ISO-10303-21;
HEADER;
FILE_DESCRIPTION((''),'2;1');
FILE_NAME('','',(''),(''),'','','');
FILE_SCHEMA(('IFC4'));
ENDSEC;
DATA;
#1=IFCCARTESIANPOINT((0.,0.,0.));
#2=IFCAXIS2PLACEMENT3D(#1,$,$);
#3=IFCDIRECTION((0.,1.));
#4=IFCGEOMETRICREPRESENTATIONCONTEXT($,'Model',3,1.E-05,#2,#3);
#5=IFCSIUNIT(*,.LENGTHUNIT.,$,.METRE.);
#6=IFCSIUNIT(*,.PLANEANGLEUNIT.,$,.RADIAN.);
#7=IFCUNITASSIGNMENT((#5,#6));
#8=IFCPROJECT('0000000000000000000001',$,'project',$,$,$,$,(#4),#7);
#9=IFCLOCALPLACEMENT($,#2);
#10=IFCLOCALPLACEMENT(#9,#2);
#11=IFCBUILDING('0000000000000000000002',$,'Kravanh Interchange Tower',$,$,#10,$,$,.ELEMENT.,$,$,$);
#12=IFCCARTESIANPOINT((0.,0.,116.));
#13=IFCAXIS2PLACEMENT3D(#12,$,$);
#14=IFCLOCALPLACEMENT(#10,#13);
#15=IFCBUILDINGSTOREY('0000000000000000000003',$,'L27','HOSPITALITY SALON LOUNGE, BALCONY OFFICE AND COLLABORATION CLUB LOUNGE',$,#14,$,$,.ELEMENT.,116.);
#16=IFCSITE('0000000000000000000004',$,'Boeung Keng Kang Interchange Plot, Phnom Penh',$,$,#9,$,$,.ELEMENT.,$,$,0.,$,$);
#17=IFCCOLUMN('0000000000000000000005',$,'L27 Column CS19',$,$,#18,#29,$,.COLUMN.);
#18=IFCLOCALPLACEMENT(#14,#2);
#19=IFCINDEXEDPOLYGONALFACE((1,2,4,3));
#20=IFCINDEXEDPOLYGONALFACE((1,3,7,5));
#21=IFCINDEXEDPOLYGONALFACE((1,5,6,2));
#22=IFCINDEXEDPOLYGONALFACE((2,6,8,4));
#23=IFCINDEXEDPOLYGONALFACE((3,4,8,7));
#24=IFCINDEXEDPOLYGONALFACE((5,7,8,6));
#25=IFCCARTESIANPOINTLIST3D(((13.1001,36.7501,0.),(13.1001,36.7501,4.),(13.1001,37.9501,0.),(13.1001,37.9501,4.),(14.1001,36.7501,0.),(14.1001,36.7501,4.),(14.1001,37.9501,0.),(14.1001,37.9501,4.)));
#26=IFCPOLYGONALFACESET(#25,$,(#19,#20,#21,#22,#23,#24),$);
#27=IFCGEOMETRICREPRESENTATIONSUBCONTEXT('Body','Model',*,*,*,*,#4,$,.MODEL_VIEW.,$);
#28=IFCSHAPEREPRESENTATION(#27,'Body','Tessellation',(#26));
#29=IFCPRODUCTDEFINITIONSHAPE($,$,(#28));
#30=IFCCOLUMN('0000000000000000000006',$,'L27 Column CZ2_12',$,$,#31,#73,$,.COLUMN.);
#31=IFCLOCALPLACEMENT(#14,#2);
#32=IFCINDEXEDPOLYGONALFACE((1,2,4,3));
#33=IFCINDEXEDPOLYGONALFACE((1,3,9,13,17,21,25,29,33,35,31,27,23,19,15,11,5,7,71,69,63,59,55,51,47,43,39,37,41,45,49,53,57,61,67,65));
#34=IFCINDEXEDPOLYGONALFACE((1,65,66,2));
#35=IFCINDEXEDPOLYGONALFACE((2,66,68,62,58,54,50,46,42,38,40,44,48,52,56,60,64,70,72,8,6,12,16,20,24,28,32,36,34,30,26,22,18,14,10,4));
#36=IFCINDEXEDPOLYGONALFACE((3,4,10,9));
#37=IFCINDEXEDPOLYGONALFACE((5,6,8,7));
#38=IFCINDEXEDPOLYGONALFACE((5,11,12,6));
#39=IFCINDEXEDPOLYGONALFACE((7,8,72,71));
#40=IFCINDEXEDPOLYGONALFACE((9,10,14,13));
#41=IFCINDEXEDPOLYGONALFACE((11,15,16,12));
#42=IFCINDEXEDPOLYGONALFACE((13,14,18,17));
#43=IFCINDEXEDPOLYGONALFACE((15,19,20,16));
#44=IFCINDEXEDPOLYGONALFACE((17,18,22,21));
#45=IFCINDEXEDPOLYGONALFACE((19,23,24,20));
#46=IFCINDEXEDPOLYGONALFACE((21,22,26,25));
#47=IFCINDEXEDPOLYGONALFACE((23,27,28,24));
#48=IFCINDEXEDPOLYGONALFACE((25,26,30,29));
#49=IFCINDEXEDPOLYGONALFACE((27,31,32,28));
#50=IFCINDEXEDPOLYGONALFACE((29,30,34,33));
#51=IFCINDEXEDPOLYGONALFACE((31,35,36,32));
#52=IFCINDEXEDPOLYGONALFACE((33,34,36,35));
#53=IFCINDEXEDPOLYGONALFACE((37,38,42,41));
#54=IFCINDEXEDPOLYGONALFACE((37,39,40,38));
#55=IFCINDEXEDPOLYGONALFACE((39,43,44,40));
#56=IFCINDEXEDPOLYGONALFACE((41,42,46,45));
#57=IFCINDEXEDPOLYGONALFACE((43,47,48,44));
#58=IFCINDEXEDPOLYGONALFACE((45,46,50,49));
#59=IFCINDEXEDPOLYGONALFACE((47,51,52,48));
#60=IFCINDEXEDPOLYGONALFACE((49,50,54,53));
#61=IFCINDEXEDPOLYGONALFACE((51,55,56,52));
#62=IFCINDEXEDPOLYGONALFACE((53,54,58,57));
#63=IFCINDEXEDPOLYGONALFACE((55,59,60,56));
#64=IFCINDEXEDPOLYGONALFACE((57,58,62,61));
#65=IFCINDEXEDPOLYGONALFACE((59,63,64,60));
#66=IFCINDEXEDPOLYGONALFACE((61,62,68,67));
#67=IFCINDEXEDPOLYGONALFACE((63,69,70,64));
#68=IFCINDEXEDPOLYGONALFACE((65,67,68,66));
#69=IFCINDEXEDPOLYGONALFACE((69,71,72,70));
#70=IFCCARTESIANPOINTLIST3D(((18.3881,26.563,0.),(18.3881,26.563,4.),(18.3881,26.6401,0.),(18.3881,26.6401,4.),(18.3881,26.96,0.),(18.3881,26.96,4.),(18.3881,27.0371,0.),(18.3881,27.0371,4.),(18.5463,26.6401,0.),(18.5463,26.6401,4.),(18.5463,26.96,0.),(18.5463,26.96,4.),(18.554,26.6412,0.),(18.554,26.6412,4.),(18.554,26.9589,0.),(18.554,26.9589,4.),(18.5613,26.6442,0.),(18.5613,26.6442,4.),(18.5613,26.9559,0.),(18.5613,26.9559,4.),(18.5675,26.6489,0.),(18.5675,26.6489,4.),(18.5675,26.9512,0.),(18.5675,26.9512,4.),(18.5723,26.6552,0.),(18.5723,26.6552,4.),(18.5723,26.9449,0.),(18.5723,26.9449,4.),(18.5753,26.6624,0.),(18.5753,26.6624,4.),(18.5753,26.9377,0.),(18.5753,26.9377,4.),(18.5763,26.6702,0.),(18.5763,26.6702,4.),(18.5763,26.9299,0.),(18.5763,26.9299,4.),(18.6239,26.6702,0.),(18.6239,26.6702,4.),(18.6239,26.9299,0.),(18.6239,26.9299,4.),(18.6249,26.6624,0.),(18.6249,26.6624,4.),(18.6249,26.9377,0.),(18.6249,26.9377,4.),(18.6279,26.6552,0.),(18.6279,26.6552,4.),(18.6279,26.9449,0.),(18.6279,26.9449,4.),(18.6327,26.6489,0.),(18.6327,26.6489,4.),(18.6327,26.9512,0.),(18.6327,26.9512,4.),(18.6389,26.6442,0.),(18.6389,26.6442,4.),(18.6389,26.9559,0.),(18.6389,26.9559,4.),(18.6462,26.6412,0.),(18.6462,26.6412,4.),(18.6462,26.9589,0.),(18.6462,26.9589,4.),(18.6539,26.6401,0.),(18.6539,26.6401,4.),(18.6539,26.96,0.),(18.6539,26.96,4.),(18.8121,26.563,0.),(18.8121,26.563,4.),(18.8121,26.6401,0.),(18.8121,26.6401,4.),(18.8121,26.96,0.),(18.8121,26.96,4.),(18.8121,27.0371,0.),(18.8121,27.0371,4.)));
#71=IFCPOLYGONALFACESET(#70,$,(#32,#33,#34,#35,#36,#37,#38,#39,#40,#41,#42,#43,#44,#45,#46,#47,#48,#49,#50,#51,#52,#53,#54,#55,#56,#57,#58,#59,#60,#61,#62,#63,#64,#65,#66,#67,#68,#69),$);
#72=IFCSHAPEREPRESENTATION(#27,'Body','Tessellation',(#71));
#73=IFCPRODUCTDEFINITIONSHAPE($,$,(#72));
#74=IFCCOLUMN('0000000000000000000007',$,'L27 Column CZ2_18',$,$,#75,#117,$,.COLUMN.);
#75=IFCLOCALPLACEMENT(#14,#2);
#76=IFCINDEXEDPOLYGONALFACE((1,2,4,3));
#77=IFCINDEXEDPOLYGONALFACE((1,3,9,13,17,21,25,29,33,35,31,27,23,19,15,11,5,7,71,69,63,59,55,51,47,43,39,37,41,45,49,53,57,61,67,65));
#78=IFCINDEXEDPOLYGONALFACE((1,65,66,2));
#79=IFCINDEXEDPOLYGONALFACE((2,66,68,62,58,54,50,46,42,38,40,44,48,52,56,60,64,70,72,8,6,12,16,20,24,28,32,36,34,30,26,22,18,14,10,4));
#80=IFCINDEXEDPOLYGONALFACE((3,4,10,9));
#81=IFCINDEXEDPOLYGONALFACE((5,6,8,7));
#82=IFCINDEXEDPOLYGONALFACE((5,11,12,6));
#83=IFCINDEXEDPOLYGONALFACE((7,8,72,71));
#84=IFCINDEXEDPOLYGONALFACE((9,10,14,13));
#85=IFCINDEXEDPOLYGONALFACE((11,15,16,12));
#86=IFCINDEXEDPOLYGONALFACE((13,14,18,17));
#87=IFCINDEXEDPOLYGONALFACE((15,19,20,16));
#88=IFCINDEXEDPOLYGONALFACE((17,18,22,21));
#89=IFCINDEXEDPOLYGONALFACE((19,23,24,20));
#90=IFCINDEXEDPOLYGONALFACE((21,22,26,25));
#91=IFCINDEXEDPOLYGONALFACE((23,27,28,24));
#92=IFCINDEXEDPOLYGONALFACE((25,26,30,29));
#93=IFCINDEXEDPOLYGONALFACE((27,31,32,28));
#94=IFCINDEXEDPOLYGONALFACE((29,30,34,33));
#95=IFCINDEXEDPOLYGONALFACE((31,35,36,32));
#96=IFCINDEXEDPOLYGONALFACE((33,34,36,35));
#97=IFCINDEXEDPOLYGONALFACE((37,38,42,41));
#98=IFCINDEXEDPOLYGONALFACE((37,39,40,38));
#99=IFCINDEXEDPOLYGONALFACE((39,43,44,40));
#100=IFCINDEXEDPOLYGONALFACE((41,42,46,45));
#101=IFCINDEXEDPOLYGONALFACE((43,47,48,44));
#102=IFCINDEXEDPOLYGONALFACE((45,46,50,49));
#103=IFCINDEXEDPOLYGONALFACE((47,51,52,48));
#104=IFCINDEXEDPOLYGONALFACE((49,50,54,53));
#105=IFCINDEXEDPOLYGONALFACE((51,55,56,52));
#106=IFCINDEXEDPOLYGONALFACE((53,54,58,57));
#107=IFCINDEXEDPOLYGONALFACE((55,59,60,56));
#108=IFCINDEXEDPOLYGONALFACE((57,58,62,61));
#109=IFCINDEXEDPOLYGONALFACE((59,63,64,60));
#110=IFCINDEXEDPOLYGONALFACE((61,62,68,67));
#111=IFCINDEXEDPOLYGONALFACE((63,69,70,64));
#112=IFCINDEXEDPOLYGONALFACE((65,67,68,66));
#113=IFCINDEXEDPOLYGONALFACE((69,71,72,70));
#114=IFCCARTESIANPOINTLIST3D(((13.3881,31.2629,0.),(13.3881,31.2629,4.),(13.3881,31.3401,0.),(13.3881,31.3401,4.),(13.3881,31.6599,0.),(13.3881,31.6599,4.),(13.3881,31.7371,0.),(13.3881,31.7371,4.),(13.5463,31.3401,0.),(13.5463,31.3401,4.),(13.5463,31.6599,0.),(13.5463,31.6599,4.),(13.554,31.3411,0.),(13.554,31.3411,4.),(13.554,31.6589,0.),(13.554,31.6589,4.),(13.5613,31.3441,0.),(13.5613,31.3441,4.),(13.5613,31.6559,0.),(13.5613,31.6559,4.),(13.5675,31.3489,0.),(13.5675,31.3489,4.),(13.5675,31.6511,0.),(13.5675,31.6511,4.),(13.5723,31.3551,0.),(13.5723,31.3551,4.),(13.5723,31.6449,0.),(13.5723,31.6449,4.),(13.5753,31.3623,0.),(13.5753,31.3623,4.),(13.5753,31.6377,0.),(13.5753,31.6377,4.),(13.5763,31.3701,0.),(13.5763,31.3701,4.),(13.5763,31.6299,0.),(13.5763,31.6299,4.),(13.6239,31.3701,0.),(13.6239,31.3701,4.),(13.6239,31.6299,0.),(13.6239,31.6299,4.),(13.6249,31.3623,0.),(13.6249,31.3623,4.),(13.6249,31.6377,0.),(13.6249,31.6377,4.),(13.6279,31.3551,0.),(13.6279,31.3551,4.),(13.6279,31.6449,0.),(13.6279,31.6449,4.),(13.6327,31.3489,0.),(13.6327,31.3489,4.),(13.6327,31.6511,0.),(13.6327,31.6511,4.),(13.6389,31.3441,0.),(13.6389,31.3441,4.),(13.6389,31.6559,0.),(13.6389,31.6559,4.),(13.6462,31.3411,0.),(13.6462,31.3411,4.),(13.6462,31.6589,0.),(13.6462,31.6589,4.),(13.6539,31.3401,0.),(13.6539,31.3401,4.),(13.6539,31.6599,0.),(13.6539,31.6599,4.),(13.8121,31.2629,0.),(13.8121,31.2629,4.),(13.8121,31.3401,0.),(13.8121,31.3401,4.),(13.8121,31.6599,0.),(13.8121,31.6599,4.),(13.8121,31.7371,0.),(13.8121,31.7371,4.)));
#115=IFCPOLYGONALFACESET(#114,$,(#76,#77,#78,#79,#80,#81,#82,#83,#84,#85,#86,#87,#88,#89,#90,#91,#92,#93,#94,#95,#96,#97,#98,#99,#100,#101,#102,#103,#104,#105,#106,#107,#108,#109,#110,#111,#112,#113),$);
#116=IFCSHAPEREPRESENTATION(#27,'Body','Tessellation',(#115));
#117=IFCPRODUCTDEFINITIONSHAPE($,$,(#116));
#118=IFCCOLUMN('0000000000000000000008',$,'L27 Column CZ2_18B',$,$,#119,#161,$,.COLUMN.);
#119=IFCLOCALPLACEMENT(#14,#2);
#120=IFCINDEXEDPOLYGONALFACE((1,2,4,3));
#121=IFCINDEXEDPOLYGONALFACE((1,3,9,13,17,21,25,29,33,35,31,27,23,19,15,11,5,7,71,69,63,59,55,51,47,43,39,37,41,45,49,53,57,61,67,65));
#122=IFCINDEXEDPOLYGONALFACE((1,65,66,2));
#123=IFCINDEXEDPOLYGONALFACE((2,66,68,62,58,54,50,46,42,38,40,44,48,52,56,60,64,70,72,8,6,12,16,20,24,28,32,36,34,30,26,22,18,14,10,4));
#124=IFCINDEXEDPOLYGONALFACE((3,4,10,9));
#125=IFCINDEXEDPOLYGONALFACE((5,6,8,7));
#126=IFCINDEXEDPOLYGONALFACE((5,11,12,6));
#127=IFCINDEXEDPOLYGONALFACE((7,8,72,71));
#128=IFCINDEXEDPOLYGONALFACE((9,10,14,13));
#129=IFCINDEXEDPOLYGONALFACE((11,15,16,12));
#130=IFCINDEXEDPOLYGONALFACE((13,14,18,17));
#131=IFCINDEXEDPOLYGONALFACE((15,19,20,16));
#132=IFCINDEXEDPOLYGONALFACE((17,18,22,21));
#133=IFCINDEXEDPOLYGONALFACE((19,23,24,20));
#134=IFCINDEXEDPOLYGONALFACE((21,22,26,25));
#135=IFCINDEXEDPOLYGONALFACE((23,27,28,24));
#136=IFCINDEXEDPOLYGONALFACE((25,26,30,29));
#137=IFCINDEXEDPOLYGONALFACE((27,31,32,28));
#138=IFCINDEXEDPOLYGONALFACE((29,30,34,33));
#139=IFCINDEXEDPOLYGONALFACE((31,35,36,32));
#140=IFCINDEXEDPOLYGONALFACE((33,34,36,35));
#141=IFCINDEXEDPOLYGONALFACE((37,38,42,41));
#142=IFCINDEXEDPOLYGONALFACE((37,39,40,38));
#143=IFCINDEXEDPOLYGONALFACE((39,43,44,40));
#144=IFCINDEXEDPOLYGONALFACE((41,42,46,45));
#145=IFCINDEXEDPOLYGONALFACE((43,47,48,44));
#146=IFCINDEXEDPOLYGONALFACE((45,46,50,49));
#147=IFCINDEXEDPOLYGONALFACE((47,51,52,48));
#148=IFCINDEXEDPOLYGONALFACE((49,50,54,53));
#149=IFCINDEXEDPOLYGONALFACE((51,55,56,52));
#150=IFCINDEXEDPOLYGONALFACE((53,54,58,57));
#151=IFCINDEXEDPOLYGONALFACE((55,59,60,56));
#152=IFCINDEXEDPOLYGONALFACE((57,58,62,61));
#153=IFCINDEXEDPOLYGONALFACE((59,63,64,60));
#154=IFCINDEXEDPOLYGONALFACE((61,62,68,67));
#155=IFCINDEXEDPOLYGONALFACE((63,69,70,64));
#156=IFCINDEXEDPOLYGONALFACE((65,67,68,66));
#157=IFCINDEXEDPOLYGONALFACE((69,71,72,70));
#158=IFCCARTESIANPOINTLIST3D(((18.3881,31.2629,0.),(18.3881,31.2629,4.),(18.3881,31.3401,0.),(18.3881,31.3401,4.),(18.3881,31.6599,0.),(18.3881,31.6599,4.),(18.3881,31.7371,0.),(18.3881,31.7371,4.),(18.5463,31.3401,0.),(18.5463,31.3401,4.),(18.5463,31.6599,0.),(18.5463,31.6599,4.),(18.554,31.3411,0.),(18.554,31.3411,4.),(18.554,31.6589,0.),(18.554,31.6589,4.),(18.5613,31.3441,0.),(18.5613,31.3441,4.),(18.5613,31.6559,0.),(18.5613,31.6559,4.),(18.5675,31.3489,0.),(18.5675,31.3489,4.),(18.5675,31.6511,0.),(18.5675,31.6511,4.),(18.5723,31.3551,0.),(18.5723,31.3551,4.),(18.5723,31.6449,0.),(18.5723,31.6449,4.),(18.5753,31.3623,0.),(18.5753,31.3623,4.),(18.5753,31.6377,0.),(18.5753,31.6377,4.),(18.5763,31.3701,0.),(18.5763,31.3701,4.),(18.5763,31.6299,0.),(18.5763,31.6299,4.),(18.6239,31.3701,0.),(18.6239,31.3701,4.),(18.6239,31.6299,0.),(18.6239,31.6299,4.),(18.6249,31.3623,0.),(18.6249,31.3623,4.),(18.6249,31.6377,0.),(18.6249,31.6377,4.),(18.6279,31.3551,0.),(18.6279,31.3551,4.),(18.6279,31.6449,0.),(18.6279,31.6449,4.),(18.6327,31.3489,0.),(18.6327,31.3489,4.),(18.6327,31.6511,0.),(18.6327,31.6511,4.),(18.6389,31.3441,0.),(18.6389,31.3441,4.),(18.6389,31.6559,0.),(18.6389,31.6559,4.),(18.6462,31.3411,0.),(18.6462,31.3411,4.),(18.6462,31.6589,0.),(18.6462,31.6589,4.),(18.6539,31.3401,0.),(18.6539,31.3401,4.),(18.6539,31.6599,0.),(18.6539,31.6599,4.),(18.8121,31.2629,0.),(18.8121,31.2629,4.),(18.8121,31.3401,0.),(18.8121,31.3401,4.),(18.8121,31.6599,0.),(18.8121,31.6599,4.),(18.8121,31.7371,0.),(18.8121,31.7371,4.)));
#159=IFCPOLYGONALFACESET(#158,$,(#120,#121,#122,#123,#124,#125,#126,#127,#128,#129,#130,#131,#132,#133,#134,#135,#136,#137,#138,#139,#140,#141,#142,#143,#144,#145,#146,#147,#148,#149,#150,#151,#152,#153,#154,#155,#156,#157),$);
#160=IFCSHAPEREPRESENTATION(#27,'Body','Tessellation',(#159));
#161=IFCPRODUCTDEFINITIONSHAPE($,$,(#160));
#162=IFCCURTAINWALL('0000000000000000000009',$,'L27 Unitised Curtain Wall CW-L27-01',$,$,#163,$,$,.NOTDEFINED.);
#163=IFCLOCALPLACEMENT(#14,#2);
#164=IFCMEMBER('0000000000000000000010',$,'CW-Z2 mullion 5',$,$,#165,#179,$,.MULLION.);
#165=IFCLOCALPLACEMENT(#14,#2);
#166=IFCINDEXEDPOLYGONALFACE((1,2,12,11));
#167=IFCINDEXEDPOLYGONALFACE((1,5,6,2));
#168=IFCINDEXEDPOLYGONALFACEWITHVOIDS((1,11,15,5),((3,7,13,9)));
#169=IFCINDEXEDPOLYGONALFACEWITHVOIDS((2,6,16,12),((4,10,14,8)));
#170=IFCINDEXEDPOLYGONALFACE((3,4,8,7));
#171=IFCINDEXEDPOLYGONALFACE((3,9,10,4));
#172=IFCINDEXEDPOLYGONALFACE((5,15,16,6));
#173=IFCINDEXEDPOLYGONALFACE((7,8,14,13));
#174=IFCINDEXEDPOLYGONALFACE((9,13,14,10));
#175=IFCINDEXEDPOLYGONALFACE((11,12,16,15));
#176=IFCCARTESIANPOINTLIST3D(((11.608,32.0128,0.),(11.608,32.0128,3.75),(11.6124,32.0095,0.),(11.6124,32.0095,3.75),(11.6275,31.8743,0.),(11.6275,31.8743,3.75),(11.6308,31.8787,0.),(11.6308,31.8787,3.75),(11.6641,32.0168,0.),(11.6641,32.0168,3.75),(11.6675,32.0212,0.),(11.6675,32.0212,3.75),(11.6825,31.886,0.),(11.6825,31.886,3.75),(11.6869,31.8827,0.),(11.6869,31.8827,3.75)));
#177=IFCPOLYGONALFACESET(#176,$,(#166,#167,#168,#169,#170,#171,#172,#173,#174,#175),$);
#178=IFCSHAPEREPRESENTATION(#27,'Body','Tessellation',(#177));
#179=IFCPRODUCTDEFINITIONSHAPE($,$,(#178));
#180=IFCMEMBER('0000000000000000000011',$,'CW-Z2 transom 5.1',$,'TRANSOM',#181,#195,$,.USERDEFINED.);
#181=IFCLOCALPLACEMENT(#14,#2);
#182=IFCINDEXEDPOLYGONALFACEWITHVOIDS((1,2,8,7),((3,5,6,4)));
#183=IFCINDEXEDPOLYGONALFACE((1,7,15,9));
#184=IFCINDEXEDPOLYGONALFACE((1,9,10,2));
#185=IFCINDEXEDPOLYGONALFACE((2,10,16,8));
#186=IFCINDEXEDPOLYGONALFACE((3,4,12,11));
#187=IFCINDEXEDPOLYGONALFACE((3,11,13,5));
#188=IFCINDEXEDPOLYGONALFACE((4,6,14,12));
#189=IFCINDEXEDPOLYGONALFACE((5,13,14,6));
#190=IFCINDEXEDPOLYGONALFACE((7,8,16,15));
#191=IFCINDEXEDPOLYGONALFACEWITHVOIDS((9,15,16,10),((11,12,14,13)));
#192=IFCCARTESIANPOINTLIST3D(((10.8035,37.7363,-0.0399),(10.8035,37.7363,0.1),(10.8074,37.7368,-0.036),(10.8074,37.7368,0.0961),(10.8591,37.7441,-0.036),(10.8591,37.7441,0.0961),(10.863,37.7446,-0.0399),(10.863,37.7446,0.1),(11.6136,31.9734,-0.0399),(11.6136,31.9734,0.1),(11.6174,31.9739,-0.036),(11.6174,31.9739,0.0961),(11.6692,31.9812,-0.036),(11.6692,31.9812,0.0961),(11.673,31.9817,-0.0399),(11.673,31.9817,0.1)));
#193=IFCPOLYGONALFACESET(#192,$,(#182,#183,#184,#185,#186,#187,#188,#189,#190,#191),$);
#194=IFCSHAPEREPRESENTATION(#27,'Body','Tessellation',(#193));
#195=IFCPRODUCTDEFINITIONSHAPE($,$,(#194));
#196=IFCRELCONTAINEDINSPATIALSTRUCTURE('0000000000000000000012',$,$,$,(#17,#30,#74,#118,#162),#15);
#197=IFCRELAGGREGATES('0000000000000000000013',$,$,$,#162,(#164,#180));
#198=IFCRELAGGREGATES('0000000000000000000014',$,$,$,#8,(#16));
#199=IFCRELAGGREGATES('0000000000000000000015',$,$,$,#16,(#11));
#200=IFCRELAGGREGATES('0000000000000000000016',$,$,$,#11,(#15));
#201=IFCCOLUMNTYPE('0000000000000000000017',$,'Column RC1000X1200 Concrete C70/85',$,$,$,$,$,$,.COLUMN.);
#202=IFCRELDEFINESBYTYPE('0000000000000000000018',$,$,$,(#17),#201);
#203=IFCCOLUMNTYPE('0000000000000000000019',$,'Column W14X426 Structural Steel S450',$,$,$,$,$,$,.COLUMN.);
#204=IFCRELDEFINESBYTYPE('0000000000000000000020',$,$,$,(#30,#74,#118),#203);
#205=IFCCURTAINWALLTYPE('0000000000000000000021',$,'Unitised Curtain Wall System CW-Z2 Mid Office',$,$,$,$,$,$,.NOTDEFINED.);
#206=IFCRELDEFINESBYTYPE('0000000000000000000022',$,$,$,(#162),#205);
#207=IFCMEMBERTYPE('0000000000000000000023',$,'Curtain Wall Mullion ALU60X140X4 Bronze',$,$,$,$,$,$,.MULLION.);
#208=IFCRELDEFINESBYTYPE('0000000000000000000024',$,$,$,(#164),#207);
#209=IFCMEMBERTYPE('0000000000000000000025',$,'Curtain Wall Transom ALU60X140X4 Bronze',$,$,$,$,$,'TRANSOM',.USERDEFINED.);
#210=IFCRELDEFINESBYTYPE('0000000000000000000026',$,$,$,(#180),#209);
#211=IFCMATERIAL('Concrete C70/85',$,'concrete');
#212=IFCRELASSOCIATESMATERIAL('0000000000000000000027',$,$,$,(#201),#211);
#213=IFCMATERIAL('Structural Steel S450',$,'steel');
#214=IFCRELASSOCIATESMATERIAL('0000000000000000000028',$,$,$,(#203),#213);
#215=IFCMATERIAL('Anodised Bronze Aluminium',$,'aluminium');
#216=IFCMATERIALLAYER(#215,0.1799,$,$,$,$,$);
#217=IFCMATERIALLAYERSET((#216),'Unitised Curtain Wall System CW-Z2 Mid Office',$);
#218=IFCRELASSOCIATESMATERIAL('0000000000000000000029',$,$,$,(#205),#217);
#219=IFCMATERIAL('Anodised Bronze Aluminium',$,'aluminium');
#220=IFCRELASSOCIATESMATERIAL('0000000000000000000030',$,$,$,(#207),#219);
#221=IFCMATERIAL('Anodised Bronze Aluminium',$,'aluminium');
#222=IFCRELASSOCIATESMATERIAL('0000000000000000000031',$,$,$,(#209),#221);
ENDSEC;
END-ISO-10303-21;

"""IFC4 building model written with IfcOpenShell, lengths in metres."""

from ifc_helpers import new_model, si_unit, direction, frame, origin, origin_2d, place, context, subcontext, project, spatial, rectangle, hollow_rectangle, i_section, extrude, material, layer, layer_set, material_profile, profile_set, type_object, element, aggregate, save


model = new_model("IFC4")

# Units and contexts
model_context = context("Model", 3, precision=1e-05, world=origin(), true_north=direction((0.0, 1.0)))
body_context = subcontext(model_context, "Body", "Model", "MODEL_VIEW")
ifc_project = project(units=[si_unit("LENGTHUNIT", "METRE"), si_unit("PLANEANGLEUNIT", "RADIAN")], contexts=[model_context])

# Site, building, storey
site_placement = place(None, origin())
site = spatial("IfcSite", under=ifc_project, at=site_placement, Name="Boeung Keng Kang Interchange Plot, Phnom Penh", CompositionType="ELEMENT", RefElevation=0.0)
building_placement = place(site_placement, origin())
building = spatial("IfcBuilding", under=site, at=building_placement, Name="Kravanh Interchange Tower", CompositionType="ELEMENT")
storey_placement = place(building_placement, frame((0.0, 0.0, 116.0)))
storey = spatial("IfcBuildingStorey", under=building, at=storey_placement, Name="L27", Description="HOSPITALITY SALON LOUNGE, BALCONY OFFICE AND COLLABORATION CLUB LOUNGE", CompositionType="ELEMENT", Elevation=116.0)

# Columns
ifc_material_1 = material(Name="Concrete C70/85", Category="concrete")
ifc_material_profile_1 = material_profile(ifc_material_1, rectangle(XDim=1.0, YDim=1.2, at=origin_2d()), Name="RC1000X1200")
ifc_profile_set_1 = profile_set([ifc_material_profile_1], Name="Concrete C70/85")
column_type_1 = type_object("IfcColumnType", Name="Column RC1000X1200 Concrete C70/85", PredefinedType="COLUMN", material=ifc_profile_set_1)
column_placement = place(storey_placement, frame((13.6001, 37.3501, 0.0), z_axis=(0.0, 0.0, 1.0), x_axis=(1.0, 0.0, 0.0)))
element("IfcColumn", 1, at=column_placement, inside=storey, type_object=column_type_1, Name="L27 Column CS19", PredefinedType="COLUMN", context=body_context, shape_type="SweptSolid", body=[
    extrude(rectangle(XDim=1.0, YDim=1.2, at=origin_2d()), origin(), (0.0, 0.0, 1.0), 4.0),
])
ifc_material_2 = material(Name="Structural Steel S450", Category="steel")
ifc_material_profile_2 = material_profile(ifc_material_2, i_section(OverallWidth=0.4241, OverallDepth=0.4741, WebThickness=0.0476, FlangeThickness=0.0771, FilletRadius=0.03, at=origin_2d()), Name="W14X426")
ifc_profile_set_2 = profile_set([ifc_material_profile_2], Name="Structural Steel S450")
column_type_2 = type_object("IfcColumnType", Name="Column W14X426 Structural Steel S450", PredefinedType="COLUMN", material=ifc_profile_set_2)
for number, where, z_axis, x_axis, name in (
    (2, (18.6001, 26.8, 0.0), (0.0, 0.0, 1.0), (1.0, 0.0, 0.0), "L27 Column CZ2_12"),
    (3, (13.6001, 31.5, 0.0), (0.0, 0.0, 1.0), (1.0, 0.0, 0.0), "L27 Column CZ2_18"),
    (4, (18.6001, 31.5, 0.0), (0.0, 0.0, 1.0), (1.0, 0.0, 0.0), "L27 Column CZ2_18B"),
):
    element("IfcColumn", number, at=place(storey_placement, frame(where, z_axis=z_axis, x_axis=x_axis)), inside=storey, type_object=column_type_2, Name=name, PredefinedType="COLUMN", context=body_context, shape_type="SweptSolid", body=[
        extrude(i_section(OverallWidth=0.4241, OverallDepth=0.4741, WebThickness=0.0476, FlangeThickness=0.0771, FilletRadius=0.03, at=origin_2d()), origin(), (0.0, 0.0, 1.0), 4.0),
    ])

# Curtain wall, members
ifc_material_3 = material(Name="Anodised Bronze Aluminium", Category="aluminium")
ifc_layer_1 = layer(ifc_material_3, 0.1799)
ifc_layer_set_1 = layer_set([ifc_layer_1], Name="Unitised Curtain Wall System CW-Z2 Mid Office")
curtain_wall_type = type_object("IfcCurtainWallType", Name="Unitised Curtain Wall System CW-Z2 Mid Office", PredefinedType="NOTDEFINED", material=ifc_layer_set_1)
curtain_wall_placement = place(storey_placement, origin())
curtain_wall = element("IfcCurtainWall", 5, at=curtain_wall_placement, inside=storey, type_object=curtain_wall_type, Name="L27 Unitised Curtain Wall CW-L27-01", PredefinedType="NOTDEFINED")
ifc_material_4 = material(Name="Anodised Bronze Aluminium", Category="aluminium")
ifc_material_profile_3 = material_profile(ifc_material_4, hollow_rectangle(XDim=0.0601, YDim=0.1399, WallThickness=0.0039, at=origin_2d()), Name="ALU60X140X4")
ifc_profile_set_3 = profile_set([ifc_material_profile_3], Name="Anodised Bronze Aluminium")
member_type_1 = type_object("IfcMemberType", Name="Curtain Wall Mullion ALU60X140X4 Bronze", PredefinedType="MULLION", material=ifc_profile_set_3)
member_1_placement = place(storey_placement, frame((11.6475, 31.9478, 0.0), z_axis=(0.0, 0.0, 1.0), x_axis=(-0.990268, -0.139173, 0.0)))
member_1 = element("IfcMember", 6, at=member_1_placement, type_object=member_type_1, Name="CW-Z2 mullion 5", PredefinedType="MULLION", context=body_context, shape_type="SweptSolid", body=[
    extrude(hollow_rectangle(XDim=0.0601, YDim=0.1399, WallThickness=0.0039, at=origin_2d()), origin(), (0.0, 0.0, 1.0), 3.75),
])
ifc_material_5 = material(Name="Anodised Bronze Aluminium", Category="aluminium")
ifc_material_profile_4 = material_profile(ifc_material_5, hollow_rectangle(XDim=0.0601, YDim=0.1399, WallThickness=0.0039, at=origin_2d()), Name="ALU60X140X4")
ifc_profile_set_4 = profile_set([ifc_material_profile_4], Name="Anodised Bronze Aluminium")
member_type_2 = type_object("IfcMemberType", Name="Curtain Wall Transom ALU60X140X4 Bronze", ElementType="TRANSOM", PredefinedType="USERDEFINED", material=ifc_profile_set_4)
member_2_placement = place(storey_placement, frame((11.6433, 31.9775, 0.03), z_axis=(-0.139195, 0.990265, 0.0), x_axis=(-0.990265, -0.139195, 0.0)))
member_2 = element("IfcMember", 7, at=member_2_placement, type_object=member_type_2, Name="CW-Z2 transom 5.1", ObjectType="TRANSOM", PredefinedType="USERDEFINED", context=body_context, shape_type="SweptSolid", body=[
    extrude(hollow_rectangle(XDim=0.0601, YDim=0.1399, WallThickness=0.0039, at=origin_2d()), origin(), (0.0, 0.0, 1.0), 5.8196),
])

aggregate(curtain_wall, [member_1, member_2])

save(model, "model.ifc")
